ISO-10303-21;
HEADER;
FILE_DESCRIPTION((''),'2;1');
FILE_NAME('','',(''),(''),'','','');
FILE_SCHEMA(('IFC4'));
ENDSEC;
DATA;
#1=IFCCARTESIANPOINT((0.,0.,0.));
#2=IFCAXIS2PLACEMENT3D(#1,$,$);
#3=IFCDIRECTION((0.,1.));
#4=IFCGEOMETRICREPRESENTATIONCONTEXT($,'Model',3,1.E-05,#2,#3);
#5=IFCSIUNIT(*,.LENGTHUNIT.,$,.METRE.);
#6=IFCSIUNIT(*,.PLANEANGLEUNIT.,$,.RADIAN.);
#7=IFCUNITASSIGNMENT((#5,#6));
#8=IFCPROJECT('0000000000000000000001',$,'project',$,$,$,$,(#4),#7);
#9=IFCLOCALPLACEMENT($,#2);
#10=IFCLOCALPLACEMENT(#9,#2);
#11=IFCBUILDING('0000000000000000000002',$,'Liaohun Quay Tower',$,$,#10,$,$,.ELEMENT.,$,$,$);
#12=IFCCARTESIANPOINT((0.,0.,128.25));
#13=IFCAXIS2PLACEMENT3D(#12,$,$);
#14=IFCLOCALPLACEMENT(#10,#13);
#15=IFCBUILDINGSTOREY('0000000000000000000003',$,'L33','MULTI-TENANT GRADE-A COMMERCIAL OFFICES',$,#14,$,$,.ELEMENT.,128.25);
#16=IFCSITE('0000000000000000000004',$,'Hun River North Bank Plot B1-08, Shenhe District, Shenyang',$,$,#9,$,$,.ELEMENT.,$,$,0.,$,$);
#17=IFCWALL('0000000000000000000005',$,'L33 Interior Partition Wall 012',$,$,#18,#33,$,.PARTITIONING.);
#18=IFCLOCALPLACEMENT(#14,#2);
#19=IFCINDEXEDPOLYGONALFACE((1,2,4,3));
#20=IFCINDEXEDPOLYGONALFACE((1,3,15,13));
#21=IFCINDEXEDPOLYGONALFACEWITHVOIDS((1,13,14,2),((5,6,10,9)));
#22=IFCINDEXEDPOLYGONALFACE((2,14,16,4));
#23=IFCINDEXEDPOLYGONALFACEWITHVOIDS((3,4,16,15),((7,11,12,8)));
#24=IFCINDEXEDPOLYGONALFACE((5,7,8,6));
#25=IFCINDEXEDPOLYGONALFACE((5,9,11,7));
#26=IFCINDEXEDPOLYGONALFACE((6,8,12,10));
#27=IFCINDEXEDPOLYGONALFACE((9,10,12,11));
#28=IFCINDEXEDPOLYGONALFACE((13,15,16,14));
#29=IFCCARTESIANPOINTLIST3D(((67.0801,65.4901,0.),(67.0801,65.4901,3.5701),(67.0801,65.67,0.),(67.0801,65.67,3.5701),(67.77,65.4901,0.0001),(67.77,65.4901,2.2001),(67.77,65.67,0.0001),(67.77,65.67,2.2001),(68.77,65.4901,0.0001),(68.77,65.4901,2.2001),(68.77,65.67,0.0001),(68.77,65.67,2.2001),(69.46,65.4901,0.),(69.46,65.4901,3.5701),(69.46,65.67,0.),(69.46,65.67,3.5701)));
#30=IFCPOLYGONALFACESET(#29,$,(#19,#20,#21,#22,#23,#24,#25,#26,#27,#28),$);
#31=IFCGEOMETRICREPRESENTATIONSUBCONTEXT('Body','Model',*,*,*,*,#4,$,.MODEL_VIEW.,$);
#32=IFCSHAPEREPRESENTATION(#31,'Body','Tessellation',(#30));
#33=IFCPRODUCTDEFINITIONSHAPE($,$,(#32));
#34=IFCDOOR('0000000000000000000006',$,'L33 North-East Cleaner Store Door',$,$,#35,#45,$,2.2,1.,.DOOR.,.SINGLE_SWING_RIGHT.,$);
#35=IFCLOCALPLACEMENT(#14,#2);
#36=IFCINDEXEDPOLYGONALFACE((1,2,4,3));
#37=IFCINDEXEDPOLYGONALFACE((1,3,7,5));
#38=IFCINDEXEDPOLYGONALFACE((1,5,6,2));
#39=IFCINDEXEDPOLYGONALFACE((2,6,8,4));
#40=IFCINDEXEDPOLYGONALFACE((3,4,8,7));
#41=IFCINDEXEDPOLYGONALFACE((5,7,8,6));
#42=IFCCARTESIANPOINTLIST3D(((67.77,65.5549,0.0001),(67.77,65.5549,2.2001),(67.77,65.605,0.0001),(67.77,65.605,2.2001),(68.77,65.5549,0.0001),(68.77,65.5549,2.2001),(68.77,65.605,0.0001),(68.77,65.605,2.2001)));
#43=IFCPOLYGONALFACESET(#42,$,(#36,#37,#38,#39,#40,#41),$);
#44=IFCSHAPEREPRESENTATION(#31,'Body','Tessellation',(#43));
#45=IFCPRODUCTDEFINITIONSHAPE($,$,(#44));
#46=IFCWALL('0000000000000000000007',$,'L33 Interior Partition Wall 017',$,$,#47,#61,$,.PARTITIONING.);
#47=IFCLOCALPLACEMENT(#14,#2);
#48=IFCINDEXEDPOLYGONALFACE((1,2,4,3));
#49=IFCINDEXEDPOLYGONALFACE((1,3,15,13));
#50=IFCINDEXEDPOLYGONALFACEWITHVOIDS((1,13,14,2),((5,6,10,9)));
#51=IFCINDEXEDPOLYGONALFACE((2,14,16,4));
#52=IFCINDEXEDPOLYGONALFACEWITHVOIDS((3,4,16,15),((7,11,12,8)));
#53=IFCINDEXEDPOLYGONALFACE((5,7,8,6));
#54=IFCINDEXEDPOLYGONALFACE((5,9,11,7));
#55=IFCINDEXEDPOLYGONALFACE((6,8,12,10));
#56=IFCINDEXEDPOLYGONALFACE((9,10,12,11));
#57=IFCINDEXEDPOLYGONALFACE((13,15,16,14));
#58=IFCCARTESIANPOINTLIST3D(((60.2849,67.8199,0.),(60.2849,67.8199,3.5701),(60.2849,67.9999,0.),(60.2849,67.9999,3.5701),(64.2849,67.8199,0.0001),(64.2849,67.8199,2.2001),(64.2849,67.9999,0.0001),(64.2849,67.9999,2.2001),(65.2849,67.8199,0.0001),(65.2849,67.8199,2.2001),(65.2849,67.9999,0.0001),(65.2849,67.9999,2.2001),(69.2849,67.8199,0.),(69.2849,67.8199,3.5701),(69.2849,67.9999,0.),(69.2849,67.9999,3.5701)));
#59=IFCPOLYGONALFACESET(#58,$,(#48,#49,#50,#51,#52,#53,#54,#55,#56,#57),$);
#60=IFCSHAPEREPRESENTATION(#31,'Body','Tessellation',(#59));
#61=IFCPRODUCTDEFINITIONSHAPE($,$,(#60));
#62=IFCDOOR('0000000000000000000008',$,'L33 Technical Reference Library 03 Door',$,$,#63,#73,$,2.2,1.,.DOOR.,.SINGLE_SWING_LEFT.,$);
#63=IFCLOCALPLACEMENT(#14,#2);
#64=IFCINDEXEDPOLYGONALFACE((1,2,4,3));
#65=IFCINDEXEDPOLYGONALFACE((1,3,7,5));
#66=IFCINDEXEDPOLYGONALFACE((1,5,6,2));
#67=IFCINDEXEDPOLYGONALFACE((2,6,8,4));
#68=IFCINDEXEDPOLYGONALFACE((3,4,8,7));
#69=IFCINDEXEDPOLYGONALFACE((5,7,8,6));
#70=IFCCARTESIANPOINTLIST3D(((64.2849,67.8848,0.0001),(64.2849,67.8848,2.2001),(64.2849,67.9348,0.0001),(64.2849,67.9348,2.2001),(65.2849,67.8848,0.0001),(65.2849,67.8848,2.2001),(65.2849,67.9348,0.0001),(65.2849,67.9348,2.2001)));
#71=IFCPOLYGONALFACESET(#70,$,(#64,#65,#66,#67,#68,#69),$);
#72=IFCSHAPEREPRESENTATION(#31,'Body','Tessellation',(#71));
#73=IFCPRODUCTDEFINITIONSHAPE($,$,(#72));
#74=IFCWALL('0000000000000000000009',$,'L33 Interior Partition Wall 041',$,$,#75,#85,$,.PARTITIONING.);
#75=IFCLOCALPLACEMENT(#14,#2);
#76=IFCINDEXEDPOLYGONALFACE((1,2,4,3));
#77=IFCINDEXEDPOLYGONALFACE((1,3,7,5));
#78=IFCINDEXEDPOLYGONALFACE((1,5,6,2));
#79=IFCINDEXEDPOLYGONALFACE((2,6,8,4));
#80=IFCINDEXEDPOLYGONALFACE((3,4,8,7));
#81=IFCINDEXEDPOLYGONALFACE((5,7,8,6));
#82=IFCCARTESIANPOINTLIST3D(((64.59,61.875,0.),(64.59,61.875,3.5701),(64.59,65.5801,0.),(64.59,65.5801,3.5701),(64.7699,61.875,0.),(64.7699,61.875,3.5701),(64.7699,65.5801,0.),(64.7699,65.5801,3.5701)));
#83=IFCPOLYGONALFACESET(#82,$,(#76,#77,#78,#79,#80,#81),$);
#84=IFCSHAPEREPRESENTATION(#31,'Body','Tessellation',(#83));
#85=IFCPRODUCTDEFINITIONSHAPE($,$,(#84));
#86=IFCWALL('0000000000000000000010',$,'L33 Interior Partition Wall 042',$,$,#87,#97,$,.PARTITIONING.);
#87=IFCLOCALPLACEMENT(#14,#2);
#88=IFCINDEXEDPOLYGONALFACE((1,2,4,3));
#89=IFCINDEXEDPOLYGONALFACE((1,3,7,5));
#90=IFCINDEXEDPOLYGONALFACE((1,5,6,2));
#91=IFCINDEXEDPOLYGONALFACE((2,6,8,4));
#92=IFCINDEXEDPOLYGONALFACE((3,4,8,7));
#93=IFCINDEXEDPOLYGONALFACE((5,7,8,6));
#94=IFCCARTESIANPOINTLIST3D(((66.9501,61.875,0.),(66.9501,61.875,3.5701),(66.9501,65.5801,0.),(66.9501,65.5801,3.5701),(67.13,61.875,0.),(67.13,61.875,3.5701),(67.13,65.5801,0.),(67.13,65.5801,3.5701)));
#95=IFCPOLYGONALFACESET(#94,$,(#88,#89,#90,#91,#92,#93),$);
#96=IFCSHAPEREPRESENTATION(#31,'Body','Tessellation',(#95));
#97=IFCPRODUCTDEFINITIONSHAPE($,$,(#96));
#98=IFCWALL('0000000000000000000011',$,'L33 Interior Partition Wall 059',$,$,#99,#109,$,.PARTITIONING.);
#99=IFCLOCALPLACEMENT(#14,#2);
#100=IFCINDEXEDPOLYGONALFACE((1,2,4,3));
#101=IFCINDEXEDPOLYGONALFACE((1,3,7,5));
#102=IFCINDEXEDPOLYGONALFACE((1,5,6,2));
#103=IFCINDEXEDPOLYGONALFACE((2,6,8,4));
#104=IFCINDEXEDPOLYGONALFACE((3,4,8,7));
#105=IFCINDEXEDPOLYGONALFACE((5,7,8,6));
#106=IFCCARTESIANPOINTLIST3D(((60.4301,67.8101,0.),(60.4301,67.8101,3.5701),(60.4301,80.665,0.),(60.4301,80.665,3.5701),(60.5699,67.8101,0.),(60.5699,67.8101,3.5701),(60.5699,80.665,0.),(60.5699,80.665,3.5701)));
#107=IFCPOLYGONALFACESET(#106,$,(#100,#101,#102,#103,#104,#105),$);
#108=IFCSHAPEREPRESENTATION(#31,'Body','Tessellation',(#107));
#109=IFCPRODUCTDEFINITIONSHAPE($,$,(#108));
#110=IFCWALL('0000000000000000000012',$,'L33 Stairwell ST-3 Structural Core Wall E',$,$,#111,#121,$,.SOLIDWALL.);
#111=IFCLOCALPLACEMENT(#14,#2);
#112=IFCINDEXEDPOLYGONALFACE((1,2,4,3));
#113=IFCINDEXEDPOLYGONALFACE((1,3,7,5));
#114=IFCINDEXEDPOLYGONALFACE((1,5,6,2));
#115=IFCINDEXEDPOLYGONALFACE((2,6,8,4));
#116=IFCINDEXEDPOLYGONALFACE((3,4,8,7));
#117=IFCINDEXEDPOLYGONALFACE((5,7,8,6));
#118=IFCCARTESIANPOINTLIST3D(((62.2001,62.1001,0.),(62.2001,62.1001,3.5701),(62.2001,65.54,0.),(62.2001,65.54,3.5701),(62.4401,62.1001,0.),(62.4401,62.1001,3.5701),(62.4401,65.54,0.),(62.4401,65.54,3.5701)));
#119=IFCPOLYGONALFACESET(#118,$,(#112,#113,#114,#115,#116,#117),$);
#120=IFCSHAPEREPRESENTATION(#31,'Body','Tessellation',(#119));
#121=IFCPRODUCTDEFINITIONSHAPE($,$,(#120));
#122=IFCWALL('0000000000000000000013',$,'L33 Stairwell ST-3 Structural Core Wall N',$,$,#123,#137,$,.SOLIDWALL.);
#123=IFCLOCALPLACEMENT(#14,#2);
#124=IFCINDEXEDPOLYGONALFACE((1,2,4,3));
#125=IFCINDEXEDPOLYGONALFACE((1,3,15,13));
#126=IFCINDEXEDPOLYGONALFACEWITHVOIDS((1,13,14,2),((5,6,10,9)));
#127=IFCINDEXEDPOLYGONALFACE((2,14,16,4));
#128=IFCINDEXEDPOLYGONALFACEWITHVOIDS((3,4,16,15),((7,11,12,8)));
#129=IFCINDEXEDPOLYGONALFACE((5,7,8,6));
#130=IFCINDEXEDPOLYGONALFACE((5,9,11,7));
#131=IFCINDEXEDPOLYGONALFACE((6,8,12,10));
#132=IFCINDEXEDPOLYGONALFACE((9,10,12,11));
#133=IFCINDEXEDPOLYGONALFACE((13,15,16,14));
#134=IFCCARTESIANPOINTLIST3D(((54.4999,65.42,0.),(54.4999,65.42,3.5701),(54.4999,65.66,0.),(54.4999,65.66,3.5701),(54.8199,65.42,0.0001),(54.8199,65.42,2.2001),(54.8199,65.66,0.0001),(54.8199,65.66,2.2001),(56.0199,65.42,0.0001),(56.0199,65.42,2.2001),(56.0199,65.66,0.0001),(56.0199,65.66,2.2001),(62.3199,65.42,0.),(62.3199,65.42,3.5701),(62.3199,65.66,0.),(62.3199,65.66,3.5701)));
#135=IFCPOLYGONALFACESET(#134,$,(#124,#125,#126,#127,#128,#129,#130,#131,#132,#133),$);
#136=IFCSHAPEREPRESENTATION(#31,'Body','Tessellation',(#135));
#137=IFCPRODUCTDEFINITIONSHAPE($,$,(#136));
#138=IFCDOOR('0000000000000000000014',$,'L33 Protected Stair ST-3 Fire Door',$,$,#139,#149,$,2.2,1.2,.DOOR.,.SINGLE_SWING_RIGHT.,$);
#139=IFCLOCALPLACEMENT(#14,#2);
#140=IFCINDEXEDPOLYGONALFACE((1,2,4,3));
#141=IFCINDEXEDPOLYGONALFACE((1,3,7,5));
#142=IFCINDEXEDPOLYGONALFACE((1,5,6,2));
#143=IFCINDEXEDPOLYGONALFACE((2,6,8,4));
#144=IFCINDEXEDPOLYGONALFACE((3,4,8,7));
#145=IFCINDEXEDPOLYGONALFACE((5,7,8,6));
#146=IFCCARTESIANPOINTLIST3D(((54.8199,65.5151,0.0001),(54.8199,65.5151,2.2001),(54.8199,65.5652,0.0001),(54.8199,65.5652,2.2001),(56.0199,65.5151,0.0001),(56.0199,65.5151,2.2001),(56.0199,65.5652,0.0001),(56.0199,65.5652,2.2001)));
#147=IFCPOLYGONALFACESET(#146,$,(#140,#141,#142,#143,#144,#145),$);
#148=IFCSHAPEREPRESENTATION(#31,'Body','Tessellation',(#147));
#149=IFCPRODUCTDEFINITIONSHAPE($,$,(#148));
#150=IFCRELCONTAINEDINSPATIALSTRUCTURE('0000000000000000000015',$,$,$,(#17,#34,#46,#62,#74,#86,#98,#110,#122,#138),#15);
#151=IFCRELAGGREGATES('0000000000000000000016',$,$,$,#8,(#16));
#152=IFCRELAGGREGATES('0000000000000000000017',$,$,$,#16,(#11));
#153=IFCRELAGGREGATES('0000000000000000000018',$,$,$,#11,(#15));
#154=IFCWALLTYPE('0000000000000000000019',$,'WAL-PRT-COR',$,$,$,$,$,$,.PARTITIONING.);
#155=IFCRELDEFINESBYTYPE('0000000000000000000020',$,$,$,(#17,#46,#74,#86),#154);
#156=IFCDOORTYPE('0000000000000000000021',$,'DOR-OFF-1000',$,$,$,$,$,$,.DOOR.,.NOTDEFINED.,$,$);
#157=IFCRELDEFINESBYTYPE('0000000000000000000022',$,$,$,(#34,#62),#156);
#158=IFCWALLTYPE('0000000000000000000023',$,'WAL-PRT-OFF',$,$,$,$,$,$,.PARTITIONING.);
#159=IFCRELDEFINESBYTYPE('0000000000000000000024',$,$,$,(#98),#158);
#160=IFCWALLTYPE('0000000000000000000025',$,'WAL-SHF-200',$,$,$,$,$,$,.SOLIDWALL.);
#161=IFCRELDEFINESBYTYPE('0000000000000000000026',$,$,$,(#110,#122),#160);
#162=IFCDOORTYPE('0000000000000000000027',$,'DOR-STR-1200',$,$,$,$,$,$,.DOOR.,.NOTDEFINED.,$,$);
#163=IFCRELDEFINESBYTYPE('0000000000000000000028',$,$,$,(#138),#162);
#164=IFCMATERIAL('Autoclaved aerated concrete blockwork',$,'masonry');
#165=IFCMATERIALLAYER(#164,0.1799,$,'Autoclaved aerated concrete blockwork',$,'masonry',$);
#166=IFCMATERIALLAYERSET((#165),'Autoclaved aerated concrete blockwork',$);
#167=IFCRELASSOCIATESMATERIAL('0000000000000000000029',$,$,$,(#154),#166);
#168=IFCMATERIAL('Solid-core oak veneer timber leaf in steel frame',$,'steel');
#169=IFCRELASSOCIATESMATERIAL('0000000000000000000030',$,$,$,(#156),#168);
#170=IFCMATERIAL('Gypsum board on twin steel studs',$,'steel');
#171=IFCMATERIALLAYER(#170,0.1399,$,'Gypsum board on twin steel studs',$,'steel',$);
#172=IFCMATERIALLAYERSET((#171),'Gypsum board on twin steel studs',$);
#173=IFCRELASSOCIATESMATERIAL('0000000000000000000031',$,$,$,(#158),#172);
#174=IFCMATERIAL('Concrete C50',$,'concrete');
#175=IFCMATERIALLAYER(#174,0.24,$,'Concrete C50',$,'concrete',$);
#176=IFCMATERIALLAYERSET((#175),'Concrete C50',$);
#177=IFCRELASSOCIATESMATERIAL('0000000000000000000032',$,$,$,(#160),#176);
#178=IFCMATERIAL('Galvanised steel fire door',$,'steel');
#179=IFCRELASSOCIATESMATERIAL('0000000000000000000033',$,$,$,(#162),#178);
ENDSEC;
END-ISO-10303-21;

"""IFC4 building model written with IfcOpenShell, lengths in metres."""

from ifc_helpers import new_model, si_unit, direction, frame, frame_2d, origin, place, context, subcontext, project, spatial, rectangle, extrude, source, transform, mapped, material, layer, layer_set, type_object, element, fill, save


model = new_model("IFC4")

# Units and contexts
model_context = context("Model", 3, precision=1e-05, world=origin(), true_north=direction((0.0, 1.0)))
body_context = subcontext(model_context, "Body", "Model", "MODEL_VIEW")
ifc_project = project(units=[si_unit("LENGTHUNIT", "METRE"), si_unit("PLANEANGLEUNIT", "RADIAN")], contexts=[model_context])

# Site, building, storey
site_placement = place(None, origin())
site = spatial("IfcSite", under=ifc_project, at=site_placement, Name="Hun River North Bank Plot B1-08, Shenhe District, Shenyang", CompositionType="ELEMENT", RefElevation=0.0)
building_placement = place(site_placement, origin())
building = spatial("IfcBuilding", under=site, at=building_placement, Name="Liaohun Quay Tower", CompositionType="ELEMENT")
storey_placement = place(building_placement, frame((0.0, 0.0, 128.25)))
storey = spatial("IfcBuildingStorey", under=building, at=storey_placement, Name="L33", Description="MULTI-TENANT GRADE-A COMMERCIAL OFFICES", CompositionType="ELEMENT", Elevation=128.25)

# Walls, openings, doors
ifc_material_1 = material(Name="Autoclaved aerated concrete blockwork", Category="masonry")
ifc_layer_1 = layer(ifc_material_1, 0.1799, Name="Autoclaved aerated concrete blockwork", Category="masonry")
ifc_layer_set_1 = layer_set([ifc_layer_1], Name="Autoclaved aerated concrete blockwork")
wall_type_1 = type_object("IfcWallType", Name="WAL-PRT-COR", PredefinedType="PARTITIONING", material=ifc_layer_set_1)
shared_shape_1 = source(origin(), body_context, "Body", "SweptSolid", [
    extrude(rectangle(XDim=1.0, YDim=2.2, at=frame_2d((0.5, 1.1001))), frame((0.0, 0.0999, 0.0), z_axis=(0.0, -1.0, 0.0), x_axis=(1.0, 0.0, 0.0)), (0.0, 0.0, 1.0), 0.2),
])
ifc_material_2 = material(Name="Solid-core oak veneer timber leaf in steel frame", Category="steel")
door_type_1 = type_object("IfcDoorType", Name="DOR-OFF-1000", OperationType="NOTDEFINED", PredefinedType="DOOR", material=ifc_material_2)
shared_shape_2 = source(origin(), body_context, "Body", "SweptSolid", [
    extrude(rectangle(XDim=1.0, YDim=2.2, at=frame_2d((0.5, 1.1001))), frame((0.0, 0.0249, 0.0), z_axis=(0.0, -1.0, 0.0), x_axis=(1.0, 0.0, 0.0)), (0.0, 0.0, 1.0), 0.05),
])
wall_1_placement = place(storey_placement, frame((67.0801, 65.5801, 0.0), z_axis=(0.0, 0.0, 1.0), x_axis=(1.0, 0.0, 0.0)))
wall_1 = element("IfcWall", 1, at=wall_1_placement, inside=storey, type_object=wall_type_1, Name="L33 Interior Partition Wall 012", PredefinedType="PARTITIONING", context=body_context, shape_type="SweptSolid", body=[
    extrude(rectangle(XDim=2.3799, YDim=0.1799, at=frame_2d((1.1899, 0.0))), origin(), (0.0, 0.0, 1.0), 3.5701),
])
opening_1_placement = place(wall_1_placement, frame((0.6899, 0.0, 0.0)))
opening_1 = element("IfcOpeningElement", 2, at=opening_1_placement, cuts=wall_1, PredefinedType="OPENING", context=body_context, shape_type="MappedRepresentation", body=[
    mapped(shared_shape_1, transform((0.0, 0.0, 0.0), x_axis=(1.0, 0.0, 0.0), y_axis=(0.0, 1.0, 0.0), z_axis=(0.0, 0.0, 1.0), scale=1.0)),
])
door_1_placement = place(opening_1_placement, origin())
door_1 = element("IfcDoor", 3, at=door_1_placement, inside=storey, type_object=door_type_1, Name="L33 North-East Cleaner Store Door", OperationType="SINGLE_SWING_RIGHT", OverallHeight=2.2, OverallWidth=1.0, PredefinedType="DOOR", context=body_context, shape_type="MappedRepresentation", body=[
    mapped(shared_shape_2, transform((0.0, 0.0, 0.0), x_axis=(1.0, 0.0, 0.0), y_axis=(0.0, 1.0, 0.0), z_axis=(0.0, 0.0, 1.0), scale=1.0)),
])
fill(opening_1, door_1)
wall_2_placement = place(storey_placement, frame((60.2849, 67.9099, 0.0), z_axis=(0.0, 0.0, 1.0), x_axis=(1.0, 0.0, 0.0)))
wall_2 = element("IfcWall", 4, at=wall_2_placement, inside=storey, type_object=wall_type_1, Name="L33 Interior Partition Wall 017", PredefinedType="PARTITIONING", context=body_context, shape_type="SweptSolid", body=[
    extrude(rectangle(XDim=9.0, YDim=0.1799, at=frame_2d((4.5, 0.0))), origin(), (0.0, 0.0, 1.0), 3.5701),
])
opening_2_placement = place(wall_2_placement, frame((4.0, 0.0, 0.0)))
opening_2 = element("IfcOpeningElement", 5, at=opening_2_placement, cuts=wall_2, PredefinedType="OPENING", context=body_context, shape_type="MappedRepresentation", body=[
    mapped(shared_shape_1, transform((0.0, 0.0, 0.0), x_axis=(1.0, 0.0, 0.0), y_axis=(0.0, 1.0, 0.0), z_axis=(0.0, 0.0, 1.0), scale=1.0)),
])
door_2_placement = place(opening_2_placement, origin())
door_2 = element("IfcDoor", 6, at=door_2_placement, inside=storey, type_object=door_type_1, Name="L33 Technical Reference Library 03 Door", OperationType="SINGLE_SWING_LEFT", OverallHeight=2.2, OverallWidth=1.0, PredefinedType="DOOR", context=body_context, shape_type="MappedRepresentation", body=[
    mapped(shared_shape_2, transform((0.0, 0.0, 0.0), x_axis=(1.0, 0.0, 0.0), y_axis=(0.0, 1.0, 0.0), z_axis=(0.0, 0.0, 1.0), scale=1.0)),
])
fill(opening_2, door_2)

# Walls
for number, where, z_axis, x_axis, name in (
    (7, (64.6799, 61.875, 0.0), (0.0, 0.0, 1.0), (0.0, 1.0, 0.0), "L33 Interior Partition Wall 041"),
    (8, (67.04, 61.875, 0.0), (0.0, 0.0, 1.0), (0.0, 1.0, 0.0), "L33 Interior Partition Wall 042"),
):
    element("IfcWall", number, at=place(storey_placement, frame(where, z_axis=z_axis, x_axis=x_axis)), inside=storey, type_object=wall_type_1, Name=name, PredefinedType="PARTITIONING", context=body_context, shape_type="SweptSolid", body=[
        extrude(rectangle(XDim=3.7051, YDim=0.1799, at=frame_2d((1.8525, 0.0))), origin(), (0.0, 0.0, 1.0), 3.5701),
    ])
ifc_material_3 = material(Name="Gypsum board on twin steel studs", Category="steel")
ifc_layer_2 = layer(ifc_material_3, 0.1399, Name="Gypsum board on twin steel studs", Category="steel")
ifc_layer_set_2 = layer_set([ifc_layer_2], Name="Gypsum board on twin steel studs")
wall_type_2 = type_object("IfcWallType", Name="WAL-PRT-OFF", PredefinedType="PARTITIONING", material=ifc_layer_set_2)
wall_3_placement = place(storey_placement, frame((60.5, 67.8101, 0.0), z_axis=(0.0, 0.0, 1.0), x_axis=(0.0, 1.0, 0.0)))
element("IfcWall", 9, at=wall_3_placement, inside=storey, type_object=wall_type_2, Name="L33 Interior Partition Wall 059", PredefinedType="PARTITIONING", context=body_context, shape_type="SweptSolid", body=[
    extrude(rectangle(XDim=12.855, YDim=0.1399, at=frame_2d((6.4275, 0.0))), origin(), (0.0, 0.0, 1.0), 3.5701),
])
ifc_material_4 = material(Name="Concrete C50", Category="concrete")
ifc_layer_3 = layer(ifc_material_4, 0.24, Name="Concrete C50", Category="concrete")
ifc_layer_set_3 = layer_set([ifc_layer_3], Name="Concrete C50")
wall_type_3 = type_object("IfcWallType", Name="WAL-SHF-200", PredefinedType="SOLIDWALL", material=ifc_layer_set_3)
wall_4_placement = place(storey_placement, frame((62.3201, 62.1001, 0.0), z_axis=(0.0, 0.0, 1.0), x_axis=(0.0, 1.0, 0.0)))
element("IfcWall", 10, at=wall_4_placement, inside=storey, type_object=wall_type_3, Name="L33 Stairwell ST-3 Structural Core Wall E", PredefinedType="SOLIDWALL", context=body_context, shape_type="SweptSolid", body=[
    extrude(rectangle(XDim=3.4399, YDim=0.24, at=frame_2d((1.72, 0.0))), origin(), (0.0, 0.0, 1.0), 3.5701),
])

# Wall, opening, door
wall_5_placement = place(storey_placement, frame((62.3201, 65.54, 0.0), z_axis=(0.0, 0.0, 1.0), x_axis=(-1.0, 0.0, 0.0)))
wall_5 = element("IfcWall", 11, at=wall_5_placement, inside=storey, type_object=wall_type_3, Name="L33 Stairwell ST-3 Structural Core Wall N", PredefinedType="SOLIDWALL", context=body_context, shape_type="SweptSolid", body=[
    extrude(rectangle(XDim=7.8201, YDim=0.24, at=frame_2d((3.9102, 0.0))), origin(), (0.0, 0.0, 1.0), 3.5701),
])
shared_shape_3 = source(origin(), body_context, "Body", "SweptSolid", [
    extrude(rectangle(XDim=1.2, YDim=2.2, at=frame_2d((0.6001, 1.1001))), frame((0.0, 0.1299, 0.0), z_axis=(0.0, -1.0, 0.0), x_axis=(1.0, 0.0, 0.0)), (0.0, 0.0, 1.0), 0.26),
])
opening_3_placement = place(wall_5_placement, frame((6.3, 0.0, 0.0)))
opening_3 = element("IfcOpeningElement", 12, at=opening_3_placement, cuts=wall_5, PredefinedType="OPENING", context=body_context, shape_type="MappedRepresentation", body=[
    mapped(shared_shape_3, transform((0.0, 0.0, 0.0), x_axis=(1.0, 0.0, 0.0), y_axis=(0.0, 1.0, 0.0), z_axis=(0.0, 0.0, 1.0), scale=1.0)),
])
ifc_material_5 = material(Name="Galvanised steel fire door", Category="steel")
door_type_2 = type_object("IfcDoorType", Name="DOR-STR-1200", OperationType="NOTDEFINED", PredefinedType="DOOR", material=ifc_material_5)
shared_shape_4 = source(origin(), body_context, "Body", "SweptSolid", [
    extrude(rectangle(XDim=1.2, YDim=2.2, at=frame_2d((0.6001, 1.1001))), frame((0.0, 0.0249, 0.0), z_axis=(0.0, -1.0, 0.0), x_axis=(1.0, 0.0, 0.0)), (0.0, 0.0, 1.0), 0.05),
])
door_3_placement = place(opening_3_placement, origin())
door_3 = element("IfcDoor", 13, at=door_3_placement, inside=storey, type_object=door_type_2, Name="L33 Protected Stair ST-3 Fire Door", OperationType="SINGLE_SWING_RIGHT", OverallHeight=2.2, OverallWidth=1.2, PredefinedType="DOOR", context=body_context, shape_type="MappedRepresentation", body=[
    mapped(shared_shape_4, transform((0.0, 0.0, 0.0), x_axis=(1.0, 0.0, 0.0), y_axis=(0.0, 1.0, 0.0), z_axis=(0.0, 0.0, 1.0), scale=1.0)),
])
fill(opening_3, door_3)

save(model, "model.ifc")
